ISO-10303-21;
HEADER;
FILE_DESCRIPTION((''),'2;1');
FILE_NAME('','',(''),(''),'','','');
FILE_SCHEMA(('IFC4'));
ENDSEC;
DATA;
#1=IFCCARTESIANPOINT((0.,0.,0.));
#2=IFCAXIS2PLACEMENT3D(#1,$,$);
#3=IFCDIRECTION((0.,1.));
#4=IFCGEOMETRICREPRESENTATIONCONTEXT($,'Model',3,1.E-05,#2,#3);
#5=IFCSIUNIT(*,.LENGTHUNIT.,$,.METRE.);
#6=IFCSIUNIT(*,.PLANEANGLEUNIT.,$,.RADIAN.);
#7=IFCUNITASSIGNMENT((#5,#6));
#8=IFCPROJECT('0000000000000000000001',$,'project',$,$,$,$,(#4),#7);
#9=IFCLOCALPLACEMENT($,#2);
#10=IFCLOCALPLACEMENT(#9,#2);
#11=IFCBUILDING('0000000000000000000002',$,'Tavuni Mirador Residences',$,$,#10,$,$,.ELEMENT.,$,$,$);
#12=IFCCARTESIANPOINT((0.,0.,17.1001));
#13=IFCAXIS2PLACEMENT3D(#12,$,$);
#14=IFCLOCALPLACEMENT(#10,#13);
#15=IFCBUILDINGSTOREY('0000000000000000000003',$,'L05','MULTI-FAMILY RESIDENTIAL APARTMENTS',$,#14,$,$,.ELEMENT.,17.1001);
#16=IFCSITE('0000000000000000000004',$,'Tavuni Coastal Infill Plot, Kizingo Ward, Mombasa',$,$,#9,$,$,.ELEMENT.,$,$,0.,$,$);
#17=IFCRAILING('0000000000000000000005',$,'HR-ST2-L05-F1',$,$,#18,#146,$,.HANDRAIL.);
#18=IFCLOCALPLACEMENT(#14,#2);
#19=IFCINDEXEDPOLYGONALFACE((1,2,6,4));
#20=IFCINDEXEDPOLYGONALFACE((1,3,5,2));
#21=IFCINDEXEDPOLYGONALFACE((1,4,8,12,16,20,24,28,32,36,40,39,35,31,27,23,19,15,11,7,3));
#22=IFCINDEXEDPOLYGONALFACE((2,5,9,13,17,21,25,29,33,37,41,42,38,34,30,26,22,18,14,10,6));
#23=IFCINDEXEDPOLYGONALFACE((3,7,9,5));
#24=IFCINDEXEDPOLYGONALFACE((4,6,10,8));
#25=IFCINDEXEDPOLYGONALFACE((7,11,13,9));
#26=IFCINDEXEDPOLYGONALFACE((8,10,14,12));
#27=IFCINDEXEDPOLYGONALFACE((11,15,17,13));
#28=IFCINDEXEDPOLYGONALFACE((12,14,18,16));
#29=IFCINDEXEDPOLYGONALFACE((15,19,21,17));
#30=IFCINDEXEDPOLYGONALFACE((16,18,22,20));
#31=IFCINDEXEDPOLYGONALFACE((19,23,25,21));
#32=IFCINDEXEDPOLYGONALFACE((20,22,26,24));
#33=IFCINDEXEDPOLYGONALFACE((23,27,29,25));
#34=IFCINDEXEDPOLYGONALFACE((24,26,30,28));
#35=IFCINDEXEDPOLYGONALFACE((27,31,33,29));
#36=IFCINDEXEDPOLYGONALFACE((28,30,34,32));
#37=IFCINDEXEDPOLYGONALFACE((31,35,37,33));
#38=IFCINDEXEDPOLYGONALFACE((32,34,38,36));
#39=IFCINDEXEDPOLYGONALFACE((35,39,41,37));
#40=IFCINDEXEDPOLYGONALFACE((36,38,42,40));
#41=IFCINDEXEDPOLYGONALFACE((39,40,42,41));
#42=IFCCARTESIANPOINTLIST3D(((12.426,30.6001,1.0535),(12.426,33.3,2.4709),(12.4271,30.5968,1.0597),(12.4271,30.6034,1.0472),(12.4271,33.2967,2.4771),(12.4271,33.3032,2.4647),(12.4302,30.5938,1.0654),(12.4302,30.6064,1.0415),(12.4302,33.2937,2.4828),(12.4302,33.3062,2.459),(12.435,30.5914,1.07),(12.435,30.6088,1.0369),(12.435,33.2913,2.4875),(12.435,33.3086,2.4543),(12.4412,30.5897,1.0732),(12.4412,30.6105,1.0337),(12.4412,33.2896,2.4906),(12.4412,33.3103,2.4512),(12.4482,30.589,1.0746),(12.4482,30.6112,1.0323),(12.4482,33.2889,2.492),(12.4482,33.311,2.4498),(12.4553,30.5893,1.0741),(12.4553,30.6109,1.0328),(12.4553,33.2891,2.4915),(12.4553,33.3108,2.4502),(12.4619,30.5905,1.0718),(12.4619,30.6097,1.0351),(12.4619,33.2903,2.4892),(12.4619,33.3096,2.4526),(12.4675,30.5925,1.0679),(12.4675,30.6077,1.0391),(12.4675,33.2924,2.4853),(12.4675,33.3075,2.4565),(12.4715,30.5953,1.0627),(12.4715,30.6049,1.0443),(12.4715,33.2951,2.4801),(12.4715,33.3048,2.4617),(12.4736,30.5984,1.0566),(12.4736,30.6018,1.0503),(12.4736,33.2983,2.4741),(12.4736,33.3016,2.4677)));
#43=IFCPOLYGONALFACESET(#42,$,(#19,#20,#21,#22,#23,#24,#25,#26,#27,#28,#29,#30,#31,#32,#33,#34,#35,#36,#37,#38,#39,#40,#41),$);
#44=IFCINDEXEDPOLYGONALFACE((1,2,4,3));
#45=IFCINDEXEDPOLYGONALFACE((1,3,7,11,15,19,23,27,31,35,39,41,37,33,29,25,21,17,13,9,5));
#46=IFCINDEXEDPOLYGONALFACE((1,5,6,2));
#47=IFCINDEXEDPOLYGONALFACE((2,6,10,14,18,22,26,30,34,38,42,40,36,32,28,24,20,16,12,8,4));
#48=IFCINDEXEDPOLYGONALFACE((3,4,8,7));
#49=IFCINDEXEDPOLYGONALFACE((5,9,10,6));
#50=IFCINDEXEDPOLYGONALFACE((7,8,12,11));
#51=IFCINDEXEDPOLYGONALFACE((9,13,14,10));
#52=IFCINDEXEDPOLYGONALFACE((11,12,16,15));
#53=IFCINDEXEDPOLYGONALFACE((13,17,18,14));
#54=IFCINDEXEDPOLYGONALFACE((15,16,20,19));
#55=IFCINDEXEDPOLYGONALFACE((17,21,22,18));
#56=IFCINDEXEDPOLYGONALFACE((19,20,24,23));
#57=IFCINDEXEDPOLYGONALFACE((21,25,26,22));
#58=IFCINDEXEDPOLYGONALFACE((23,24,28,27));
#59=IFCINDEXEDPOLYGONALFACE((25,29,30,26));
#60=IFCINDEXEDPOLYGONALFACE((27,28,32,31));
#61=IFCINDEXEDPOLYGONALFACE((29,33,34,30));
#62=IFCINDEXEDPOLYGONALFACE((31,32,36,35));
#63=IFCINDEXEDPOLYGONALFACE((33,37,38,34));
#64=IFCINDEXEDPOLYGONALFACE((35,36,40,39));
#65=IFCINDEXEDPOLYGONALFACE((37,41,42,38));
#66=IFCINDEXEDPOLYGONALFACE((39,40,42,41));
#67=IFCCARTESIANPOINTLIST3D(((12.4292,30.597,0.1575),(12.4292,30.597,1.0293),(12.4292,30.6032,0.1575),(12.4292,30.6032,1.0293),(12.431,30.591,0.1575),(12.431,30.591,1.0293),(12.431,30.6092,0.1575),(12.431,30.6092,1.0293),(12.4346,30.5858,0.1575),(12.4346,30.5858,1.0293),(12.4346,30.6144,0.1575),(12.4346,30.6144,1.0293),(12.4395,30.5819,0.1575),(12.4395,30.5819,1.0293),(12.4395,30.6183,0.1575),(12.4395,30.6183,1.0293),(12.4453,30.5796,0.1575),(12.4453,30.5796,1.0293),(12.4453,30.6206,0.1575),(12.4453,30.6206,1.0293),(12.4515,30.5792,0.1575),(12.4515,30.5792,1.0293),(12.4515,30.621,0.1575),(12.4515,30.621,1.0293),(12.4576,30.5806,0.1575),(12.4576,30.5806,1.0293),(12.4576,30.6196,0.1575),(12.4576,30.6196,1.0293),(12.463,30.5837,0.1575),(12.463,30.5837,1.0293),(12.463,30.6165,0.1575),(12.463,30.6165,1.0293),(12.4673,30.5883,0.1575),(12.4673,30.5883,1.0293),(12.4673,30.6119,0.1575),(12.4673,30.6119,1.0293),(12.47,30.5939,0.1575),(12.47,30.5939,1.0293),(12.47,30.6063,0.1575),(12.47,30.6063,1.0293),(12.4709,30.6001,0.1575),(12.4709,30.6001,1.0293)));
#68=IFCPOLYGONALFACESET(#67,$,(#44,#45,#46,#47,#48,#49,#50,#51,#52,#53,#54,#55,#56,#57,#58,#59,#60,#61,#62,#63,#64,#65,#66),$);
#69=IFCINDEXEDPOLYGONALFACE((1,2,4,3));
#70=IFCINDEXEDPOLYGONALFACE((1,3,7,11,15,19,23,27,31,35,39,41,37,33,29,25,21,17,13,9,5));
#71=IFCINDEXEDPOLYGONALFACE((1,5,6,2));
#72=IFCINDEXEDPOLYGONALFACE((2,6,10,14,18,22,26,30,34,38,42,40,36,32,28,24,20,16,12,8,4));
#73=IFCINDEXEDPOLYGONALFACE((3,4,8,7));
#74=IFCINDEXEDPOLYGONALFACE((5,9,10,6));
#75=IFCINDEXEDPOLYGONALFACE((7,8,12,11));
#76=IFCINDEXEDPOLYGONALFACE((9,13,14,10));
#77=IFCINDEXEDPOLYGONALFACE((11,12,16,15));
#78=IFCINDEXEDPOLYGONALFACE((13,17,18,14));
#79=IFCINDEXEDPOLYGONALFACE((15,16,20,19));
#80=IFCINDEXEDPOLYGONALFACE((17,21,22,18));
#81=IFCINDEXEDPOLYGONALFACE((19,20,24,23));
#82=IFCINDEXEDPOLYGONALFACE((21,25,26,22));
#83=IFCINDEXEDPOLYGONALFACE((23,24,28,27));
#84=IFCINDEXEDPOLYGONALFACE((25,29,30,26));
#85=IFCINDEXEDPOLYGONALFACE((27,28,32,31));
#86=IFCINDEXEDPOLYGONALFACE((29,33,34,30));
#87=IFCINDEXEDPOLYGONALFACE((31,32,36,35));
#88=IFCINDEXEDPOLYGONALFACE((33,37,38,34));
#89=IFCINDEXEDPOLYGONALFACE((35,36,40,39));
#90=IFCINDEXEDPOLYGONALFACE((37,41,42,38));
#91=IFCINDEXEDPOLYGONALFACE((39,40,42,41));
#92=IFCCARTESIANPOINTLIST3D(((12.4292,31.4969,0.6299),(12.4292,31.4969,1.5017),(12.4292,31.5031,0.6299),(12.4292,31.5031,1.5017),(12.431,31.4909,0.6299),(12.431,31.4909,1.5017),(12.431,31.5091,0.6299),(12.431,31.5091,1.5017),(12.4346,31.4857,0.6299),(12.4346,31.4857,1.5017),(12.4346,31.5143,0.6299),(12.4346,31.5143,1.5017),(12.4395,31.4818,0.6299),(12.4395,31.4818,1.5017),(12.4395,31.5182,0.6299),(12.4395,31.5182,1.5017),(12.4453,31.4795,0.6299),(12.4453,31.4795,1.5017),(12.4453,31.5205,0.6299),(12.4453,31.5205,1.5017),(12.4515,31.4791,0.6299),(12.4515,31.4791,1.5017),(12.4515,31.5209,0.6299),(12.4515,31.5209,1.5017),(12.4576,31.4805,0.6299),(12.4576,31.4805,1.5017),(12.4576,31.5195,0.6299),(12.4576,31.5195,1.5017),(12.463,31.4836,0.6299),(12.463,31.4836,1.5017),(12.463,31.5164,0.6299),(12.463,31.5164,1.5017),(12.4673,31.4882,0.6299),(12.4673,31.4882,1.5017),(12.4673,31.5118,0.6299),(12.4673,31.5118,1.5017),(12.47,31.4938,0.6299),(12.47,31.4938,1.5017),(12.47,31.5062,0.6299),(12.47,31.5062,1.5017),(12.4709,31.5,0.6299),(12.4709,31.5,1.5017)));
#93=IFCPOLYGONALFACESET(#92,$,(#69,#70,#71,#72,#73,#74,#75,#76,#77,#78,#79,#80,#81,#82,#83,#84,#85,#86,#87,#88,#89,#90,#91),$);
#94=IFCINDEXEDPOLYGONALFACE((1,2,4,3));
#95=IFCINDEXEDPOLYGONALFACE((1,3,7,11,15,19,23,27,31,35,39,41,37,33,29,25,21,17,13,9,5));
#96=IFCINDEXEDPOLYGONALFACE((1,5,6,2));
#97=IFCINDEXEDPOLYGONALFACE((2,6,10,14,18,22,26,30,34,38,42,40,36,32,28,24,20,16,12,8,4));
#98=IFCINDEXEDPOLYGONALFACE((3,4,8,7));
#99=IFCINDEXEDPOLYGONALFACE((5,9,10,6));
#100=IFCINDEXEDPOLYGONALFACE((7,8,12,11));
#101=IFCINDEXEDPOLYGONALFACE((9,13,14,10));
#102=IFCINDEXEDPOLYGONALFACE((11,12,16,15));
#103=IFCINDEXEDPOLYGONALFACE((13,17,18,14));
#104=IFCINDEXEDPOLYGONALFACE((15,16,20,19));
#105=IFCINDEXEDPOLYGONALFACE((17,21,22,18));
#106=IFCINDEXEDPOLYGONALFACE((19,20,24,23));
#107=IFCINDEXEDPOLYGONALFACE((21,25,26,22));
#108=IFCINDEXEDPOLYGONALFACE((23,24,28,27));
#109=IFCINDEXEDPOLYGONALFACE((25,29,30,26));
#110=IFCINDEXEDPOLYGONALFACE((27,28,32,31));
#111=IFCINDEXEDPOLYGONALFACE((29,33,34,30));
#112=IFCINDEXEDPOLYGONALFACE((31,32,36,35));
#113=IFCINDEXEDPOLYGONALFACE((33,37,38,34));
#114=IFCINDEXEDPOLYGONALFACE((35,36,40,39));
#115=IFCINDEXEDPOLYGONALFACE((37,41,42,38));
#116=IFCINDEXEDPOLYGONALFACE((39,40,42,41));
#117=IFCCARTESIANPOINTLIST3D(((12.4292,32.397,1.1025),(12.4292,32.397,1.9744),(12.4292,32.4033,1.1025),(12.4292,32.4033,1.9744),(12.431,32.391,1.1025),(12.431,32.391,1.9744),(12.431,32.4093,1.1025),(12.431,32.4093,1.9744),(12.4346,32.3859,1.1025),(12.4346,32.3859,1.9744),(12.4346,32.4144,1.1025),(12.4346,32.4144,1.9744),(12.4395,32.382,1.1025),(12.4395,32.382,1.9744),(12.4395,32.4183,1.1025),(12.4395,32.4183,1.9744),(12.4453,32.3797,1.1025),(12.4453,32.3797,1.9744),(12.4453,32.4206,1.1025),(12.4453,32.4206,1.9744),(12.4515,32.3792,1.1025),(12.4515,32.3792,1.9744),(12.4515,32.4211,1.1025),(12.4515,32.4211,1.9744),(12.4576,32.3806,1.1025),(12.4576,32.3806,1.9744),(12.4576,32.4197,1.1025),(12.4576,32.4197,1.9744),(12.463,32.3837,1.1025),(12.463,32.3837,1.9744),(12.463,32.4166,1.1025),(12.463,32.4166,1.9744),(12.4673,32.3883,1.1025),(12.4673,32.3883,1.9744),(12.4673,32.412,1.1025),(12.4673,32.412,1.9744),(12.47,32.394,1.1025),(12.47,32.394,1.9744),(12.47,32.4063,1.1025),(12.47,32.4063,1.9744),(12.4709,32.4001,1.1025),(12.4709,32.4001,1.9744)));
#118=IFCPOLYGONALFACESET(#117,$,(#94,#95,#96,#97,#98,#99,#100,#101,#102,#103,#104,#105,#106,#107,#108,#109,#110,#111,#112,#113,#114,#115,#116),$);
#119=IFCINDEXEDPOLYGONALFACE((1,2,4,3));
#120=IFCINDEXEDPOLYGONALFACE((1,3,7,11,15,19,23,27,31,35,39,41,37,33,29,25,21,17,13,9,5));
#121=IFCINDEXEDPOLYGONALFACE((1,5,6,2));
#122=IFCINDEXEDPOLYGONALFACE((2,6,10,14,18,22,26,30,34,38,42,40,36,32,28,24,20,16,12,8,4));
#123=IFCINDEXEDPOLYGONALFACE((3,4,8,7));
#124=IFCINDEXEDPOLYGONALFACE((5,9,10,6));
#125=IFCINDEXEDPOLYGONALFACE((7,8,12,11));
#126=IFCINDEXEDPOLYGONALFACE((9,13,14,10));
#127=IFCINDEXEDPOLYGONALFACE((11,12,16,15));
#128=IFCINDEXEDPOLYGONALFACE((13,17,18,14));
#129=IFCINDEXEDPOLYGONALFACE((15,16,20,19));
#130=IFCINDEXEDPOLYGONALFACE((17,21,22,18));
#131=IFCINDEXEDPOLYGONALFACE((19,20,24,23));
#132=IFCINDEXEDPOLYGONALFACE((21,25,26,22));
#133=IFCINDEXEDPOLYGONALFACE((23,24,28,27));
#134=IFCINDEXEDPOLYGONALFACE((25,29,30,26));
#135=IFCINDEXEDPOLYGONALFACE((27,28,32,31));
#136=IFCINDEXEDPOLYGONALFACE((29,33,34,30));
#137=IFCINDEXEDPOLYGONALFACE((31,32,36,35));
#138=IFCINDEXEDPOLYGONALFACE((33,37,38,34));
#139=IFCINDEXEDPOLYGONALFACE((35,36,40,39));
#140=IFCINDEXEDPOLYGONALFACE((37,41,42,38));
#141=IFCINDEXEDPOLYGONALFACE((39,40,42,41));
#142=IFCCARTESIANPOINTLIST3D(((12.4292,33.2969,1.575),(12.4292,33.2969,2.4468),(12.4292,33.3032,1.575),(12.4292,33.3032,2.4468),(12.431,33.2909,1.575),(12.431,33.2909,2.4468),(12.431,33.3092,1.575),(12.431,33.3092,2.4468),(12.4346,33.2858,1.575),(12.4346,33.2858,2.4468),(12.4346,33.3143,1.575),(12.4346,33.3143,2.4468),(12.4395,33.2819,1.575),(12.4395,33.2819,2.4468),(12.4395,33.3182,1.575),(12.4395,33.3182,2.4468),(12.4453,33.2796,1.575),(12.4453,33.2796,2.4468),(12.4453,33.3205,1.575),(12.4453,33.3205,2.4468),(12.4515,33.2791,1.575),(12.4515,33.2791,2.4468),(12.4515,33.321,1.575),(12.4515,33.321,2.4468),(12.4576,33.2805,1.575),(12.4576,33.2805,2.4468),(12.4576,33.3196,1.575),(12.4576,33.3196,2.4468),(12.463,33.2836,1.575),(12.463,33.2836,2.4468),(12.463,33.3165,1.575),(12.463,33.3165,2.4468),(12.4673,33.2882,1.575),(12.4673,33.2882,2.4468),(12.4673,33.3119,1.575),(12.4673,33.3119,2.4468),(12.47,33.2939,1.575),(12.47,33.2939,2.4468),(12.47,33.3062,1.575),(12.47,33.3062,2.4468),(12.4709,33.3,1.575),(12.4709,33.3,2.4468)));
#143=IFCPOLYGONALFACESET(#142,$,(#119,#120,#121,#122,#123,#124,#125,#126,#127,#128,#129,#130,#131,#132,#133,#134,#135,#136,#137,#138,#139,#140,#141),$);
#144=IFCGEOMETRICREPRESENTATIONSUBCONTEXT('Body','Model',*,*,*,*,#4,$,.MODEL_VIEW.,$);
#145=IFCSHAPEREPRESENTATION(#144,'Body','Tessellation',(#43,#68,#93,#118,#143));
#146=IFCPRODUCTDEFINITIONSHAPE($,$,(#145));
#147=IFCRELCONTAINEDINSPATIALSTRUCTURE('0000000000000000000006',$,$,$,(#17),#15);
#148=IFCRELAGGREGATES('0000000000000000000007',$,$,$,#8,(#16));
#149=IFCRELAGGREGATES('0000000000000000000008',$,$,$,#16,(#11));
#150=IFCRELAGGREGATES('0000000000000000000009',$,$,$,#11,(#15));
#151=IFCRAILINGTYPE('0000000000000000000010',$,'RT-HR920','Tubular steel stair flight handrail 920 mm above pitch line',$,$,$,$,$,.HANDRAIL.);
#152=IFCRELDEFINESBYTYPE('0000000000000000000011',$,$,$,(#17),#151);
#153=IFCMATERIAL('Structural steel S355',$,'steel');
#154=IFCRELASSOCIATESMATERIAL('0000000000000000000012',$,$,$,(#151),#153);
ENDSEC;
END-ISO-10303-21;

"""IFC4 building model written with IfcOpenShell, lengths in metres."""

from ifc_helpers import new_model, si_unit, direction, frame, origin, origin_2d, place, context, subcontext, project, spatial, circle, extrude, material, type_object, element, save


model = new_model("IFC4")

# Units and contexts
model_context = context("Model", 3, precision=1e-05, world=origin(), true_north=direction((0.0, 1.0)))
body_context = subcontext(model_context, "Body", "Model", "MODEL_VIEW")
ifc_project = project(units=[si_unit("LENGTHUNIT", "METRE"), si_unit("PLANEANGLEUNIT", "RADIAN")], contexts=[model_context])

# Site, building, storey
site_placement = place(None, origin())
site = spatial("IfcSite", under=ifc_project, at=site_placement, Name="Tavuni Coastal Infill Plot, Kizingo Ward, Mombasa", CompositionType="ELEMENT", RefElevation=0.0)
building_placement = place(site_placement, origin())
building = spatial("IfcBuilding", under=site, at=building_placement, Name="Tavuni Mirador Residences", CompositionType="ELEMENT")
storey_placement = place(building_placement, frame((0.0, 0.0, 17.1001)))
storey = spatial("IfcBuildingStorey", under=building, at=storey_placement, Name="L05", Description="MULTI-FAMILY RESIDENTIAL APARTMENTS", CompositionType="ELEMENT", Elevation=17.1001)

# Shared definitions
ifc_material_1 = material(Name="Structural steel S355", Category="steel")

# Railing
railing_type_1 = type_object("IfcRailingType", Name="RT-HR920", Description="Tubular steel stair flight handrail 920 mm above pitch line", PredefinedType="HANDRAIL", material=ifc_material_1)
railing_1_placement = place(storey_placement, frame((12.45, 30.6001, 0.1575)))
element("IfcRailing", 1, at=railing_1_placement, inside=storey, type_object=railing_type_1, Name="HR-ST2-L05-F1", PredefinedType="HANDRAIL", context=body_context, shape_type="SweptSolid", body=[
    extrude(circle(Radius=0.0239, at=origin_2d()), frame((0.0, 0.0, 0.896), z_axis=(0.0, 0.885397, 0.464835), x_axis=(-1.0, 0.0, 0.0)), (0.0, 0.0, 1.0), 3.0493),
    extrude(circle(Radius=0.021, at=origin_2d()), origin(), (0.0, 0.0, 1.0), 0.8718),
    extrude(circle(Radius=0.021, at=origin_2d()), frame((0.0, 0.8999, 0.4724)), (0.0, 0.0, 1.0), 0.8718),
    extrude(circle(Radius=0.021, at=origin_2d()), frame((0.0, 1.8, 0.9451)), (0.0, 0.0, 1.0), 0.8718),
    extrude(circle(Radius=0.021, at=origin_2d()), frame((0.0, 2.7, 1.4175)), (0.0, 0.0, 1.0), 0.8718),
])

save(model, "model.ifc")
